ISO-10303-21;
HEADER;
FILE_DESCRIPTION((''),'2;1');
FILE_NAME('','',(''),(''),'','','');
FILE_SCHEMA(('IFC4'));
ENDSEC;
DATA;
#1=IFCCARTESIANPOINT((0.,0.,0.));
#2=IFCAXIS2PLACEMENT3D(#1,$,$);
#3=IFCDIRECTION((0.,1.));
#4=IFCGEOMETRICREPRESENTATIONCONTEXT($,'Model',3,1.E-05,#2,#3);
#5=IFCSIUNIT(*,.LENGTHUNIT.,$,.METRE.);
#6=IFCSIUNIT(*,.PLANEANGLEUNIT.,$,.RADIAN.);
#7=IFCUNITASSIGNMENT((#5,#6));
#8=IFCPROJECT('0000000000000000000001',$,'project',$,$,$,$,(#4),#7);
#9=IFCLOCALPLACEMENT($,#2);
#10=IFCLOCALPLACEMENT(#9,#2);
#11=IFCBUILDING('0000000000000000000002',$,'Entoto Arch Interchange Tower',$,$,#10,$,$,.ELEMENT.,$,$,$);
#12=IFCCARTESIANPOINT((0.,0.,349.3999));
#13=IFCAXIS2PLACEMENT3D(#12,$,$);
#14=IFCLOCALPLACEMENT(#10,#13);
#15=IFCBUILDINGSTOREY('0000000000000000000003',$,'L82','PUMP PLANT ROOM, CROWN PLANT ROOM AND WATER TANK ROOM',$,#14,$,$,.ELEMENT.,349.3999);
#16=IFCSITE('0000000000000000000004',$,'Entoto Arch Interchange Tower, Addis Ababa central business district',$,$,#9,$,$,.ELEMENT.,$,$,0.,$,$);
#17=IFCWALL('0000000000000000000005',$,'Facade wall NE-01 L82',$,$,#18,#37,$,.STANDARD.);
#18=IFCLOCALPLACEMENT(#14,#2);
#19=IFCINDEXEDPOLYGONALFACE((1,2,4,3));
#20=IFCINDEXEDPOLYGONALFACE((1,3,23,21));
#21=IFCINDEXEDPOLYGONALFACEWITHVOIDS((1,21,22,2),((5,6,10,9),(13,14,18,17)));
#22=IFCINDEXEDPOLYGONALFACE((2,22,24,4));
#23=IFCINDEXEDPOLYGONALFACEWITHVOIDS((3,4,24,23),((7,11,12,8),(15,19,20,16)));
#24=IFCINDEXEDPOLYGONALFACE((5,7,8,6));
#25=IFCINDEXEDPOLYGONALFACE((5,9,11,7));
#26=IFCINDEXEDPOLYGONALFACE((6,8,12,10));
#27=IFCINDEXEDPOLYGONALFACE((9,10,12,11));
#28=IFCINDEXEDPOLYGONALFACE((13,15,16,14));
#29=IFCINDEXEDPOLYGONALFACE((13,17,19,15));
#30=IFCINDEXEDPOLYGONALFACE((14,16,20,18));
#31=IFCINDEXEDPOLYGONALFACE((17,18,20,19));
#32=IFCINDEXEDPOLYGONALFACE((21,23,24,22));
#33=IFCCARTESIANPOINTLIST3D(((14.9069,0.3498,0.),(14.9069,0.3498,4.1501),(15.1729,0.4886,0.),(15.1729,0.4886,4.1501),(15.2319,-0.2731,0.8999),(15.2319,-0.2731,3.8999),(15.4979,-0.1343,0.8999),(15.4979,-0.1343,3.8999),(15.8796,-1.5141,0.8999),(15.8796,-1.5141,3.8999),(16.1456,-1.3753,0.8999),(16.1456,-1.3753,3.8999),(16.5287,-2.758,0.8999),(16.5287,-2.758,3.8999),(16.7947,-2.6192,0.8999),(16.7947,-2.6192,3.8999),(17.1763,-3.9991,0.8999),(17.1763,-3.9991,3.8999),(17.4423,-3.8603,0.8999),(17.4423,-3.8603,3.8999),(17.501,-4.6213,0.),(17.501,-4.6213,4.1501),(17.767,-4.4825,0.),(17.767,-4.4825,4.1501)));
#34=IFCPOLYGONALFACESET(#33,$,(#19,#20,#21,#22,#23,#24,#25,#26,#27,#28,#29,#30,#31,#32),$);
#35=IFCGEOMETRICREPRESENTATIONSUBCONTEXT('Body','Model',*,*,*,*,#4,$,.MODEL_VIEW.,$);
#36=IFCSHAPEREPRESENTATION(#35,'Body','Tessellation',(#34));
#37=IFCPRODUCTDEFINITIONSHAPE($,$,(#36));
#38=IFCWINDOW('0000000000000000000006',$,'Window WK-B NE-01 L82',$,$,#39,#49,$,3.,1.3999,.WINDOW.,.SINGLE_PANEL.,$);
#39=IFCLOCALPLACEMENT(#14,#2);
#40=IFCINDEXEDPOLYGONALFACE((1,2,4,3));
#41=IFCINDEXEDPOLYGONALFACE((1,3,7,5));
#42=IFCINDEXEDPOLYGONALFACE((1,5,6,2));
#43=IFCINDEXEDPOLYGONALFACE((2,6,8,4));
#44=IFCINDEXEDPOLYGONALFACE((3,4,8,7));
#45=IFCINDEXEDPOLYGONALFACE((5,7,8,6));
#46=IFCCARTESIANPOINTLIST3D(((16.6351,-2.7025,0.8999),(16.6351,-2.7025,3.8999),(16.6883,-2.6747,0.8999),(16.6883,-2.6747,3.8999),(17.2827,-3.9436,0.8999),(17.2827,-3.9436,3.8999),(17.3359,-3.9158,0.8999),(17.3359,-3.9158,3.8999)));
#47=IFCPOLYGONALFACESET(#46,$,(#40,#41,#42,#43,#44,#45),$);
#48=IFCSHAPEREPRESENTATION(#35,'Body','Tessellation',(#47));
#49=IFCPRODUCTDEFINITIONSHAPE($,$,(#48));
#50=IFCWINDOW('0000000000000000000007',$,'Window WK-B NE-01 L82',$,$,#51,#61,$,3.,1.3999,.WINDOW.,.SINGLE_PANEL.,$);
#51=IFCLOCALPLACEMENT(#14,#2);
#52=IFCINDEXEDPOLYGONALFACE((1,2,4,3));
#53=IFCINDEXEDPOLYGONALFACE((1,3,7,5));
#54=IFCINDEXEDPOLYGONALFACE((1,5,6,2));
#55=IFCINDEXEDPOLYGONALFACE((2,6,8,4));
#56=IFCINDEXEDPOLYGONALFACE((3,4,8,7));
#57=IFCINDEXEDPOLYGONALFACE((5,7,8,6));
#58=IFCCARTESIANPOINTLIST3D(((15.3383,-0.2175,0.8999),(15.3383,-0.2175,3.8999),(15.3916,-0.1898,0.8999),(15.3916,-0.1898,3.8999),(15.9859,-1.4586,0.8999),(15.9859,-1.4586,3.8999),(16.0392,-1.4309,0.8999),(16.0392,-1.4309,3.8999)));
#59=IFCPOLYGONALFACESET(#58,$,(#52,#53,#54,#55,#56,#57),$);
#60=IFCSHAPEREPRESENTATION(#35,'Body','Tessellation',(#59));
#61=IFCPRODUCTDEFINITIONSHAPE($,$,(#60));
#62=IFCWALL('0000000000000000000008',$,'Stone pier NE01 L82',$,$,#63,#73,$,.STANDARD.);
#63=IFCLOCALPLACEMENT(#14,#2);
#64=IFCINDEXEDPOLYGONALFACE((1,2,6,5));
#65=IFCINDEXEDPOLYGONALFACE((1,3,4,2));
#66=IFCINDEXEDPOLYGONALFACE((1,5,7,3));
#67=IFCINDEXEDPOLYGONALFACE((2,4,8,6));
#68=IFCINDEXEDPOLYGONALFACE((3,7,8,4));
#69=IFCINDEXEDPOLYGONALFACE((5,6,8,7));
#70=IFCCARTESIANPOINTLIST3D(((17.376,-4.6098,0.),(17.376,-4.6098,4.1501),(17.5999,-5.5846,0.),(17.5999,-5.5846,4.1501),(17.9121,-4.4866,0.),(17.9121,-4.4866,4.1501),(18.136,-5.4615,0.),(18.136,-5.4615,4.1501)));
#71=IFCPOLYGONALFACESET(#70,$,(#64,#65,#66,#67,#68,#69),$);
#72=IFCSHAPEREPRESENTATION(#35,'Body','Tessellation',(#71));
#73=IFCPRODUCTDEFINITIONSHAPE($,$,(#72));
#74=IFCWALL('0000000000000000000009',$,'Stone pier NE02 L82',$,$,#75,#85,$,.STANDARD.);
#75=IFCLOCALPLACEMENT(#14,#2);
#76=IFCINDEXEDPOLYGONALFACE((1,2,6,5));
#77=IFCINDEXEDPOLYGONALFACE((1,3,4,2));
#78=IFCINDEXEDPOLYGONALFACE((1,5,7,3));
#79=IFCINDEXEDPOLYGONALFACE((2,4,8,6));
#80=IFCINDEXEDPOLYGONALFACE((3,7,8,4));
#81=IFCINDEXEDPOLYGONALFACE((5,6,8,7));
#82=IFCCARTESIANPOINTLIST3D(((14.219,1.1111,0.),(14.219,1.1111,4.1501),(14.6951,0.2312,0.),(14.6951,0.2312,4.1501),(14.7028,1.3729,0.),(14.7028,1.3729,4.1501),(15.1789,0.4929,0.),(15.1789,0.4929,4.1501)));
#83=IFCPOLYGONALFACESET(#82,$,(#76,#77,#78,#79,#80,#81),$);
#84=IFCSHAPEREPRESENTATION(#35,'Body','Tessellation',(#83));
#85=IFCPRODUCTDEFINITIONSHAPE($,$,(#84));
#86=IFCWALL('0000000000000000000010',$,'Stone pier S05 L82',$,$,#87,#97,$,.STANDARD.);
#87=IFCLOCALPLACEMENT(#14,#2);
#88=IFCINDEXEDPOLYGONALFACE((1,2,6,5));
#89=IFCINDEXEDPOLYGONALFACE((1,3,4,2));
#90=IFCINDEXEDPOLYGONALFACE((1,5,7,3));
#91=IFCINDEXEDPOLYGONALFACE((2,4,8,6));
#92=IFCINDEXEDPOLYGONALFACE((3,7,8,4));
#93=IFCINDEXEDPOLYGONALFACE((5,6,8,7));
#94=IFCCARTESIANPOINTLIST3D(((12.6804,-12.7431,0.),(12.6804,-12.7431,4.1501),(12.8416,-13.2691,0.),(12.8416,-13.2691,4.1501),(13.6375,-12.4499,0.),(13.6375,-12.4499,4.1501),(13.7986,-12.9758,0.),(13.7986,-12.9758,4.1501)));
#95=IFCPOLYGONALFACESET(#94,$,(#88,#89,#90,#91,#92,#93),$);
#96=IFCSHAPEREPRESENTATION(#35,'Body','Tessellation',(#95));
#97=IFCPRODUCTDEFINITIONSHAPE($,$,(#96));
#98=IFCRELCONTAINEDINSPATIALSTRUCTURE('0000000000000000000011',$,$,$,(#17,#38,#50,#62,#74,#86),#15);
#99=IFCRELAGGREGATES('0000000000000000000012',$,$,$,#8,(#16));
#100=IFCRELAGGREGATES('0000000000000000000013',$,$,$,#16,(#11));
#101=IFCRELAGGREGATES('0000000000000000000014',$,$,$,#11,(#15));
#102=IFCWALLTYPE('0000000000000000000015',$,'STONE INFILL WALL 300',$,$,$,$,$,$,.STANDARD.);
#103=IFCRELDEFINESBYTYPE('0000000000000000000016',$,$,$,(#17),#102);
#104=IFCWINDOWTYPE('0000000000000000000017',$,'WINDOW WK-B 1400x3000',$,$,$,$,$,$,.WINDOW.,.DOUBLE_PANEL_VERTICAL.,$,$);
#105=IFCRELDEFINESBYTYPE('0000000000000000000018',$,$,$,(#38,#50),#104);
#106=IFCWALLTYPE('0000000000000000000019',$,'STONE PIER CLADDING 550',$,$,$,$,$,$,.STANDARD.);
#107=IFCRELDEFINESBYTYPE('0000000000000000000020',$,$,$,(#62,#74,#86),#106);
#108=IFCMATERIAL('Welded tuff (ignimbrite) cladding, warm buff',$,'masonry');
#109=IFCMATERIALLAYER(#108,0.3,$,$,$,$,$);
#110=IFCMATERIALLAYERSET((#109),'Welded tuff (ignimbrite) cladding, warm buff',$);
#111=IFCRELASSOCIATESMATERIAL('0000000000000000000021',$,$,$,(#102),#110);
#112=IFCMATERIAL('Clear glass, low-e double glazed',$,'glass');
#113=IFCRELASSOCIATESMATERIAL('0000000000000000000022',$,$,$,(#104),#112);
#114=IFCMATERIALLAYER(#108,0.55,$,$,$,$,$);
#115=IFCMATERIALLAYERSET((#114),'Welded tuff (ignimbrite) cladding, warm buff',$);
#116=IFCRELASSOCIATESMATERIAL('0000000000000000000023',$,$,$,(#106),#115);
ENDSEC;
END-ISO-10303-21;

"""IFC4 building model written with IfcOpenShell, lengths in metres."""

from ifc_helpers import new_model, si_unit, direction, frame, frame_2d, origin, place, context, subcontext, project, spatial, rectangle, extrude, material, layer, layer_set, type_object, element, fill, save


model = new_model("IFC4")

# Units and contexts
model_context = context("Model", 3, precision=1e-05, world=origin(), true_north=direction((0.0, 1.0)))
body_context = subcontext(model_context, "Body", "Model", "MODEL_VIEW")
ifc_project = project(units=[si_unit("LENGTHUNIT", "METRE"), si_unit("PLANEANGLEUNIT", "RADIAN")], contexts=[model_context])

# Site, building, storey
site_placement = place(None, origin())
site = spatial("IfcSite", under=ifc_project, at=site_placement, Name="Entoto Arch Interchange Tower, Addis Ababa central business district", CompositionType="ELEMENT", RefElevation=0.0)
building_placement = place(site_placement, origin())
building = spatial("IfcBuilding", under=site, at=building_placement, Name="Entoto Arch Interchange Tower", CompositionType="ELEMENT")
storey_placement = place(building_placement, frame((0.0, 0.0, 349.3999)))
storey = spatial("IfcBuildingStorey", under=building, at=storey_placement, Name="L82", Description="PUMP PLANT ROOM, CROWN PLANT ROOM AND WATER TANK ROOM", CompositionType="ELEMENT", Elevation=349.3999)

# Shared definitions
ifc_material_1 = material(Name="Welded tuff (ignimbrite) cladding, warm buff", Category="masonry")
ifc_layer_1 = layer(ifc_material_1, 0.3)
ifc_layer_set_1 = layer_set([ifc_layer_1], Name="Welded tuff (ignimbrite) cladding, warm buff")
wall_type_1 = type_object("IfcWallType", Name="STONE INFILL WALL 300", PredefinedType="STANDARD", material=ifc_layer_set_1)
ifc_material_2 = material(Name="Clear glass, low-e double glazed", Category="glass")
window_type = type_object("IfcWindowType", Name="WINDOW WK-B 1400x3000", PartitioningType="DOUBLE_PANEL_VERTICAL", PredefinedType="WINDOW", material=ifc_material_2)

# Wall, openings, windows
wall_1_placement = place(storey_placement, frame((17.634, -4.552, 0.0), z_axis=(0.0, 0.0, 1.0), x_axis=(-0.46263, 0.886551, 0.0)))
wall_1 = element("IfcWall", 1, at=wall_1_placement, inside=storey, type_object=wall_type_1, Name="Facade wall NE-01 L82", PredefinedType="STANDARD", context=body_context, shape_type="SweptSolid", body=[
    extrude(rectangle(XDim=5.6072, YDim=0.3, at=frame_2d((2.8037, 0.0))), origin(), (0.0, 0.0, 1.0), 4.1501),
])
opening_1_placement = place(wall_1_placement, frame((0.7019, 0.0, 0.8999)))
opening_1 = element("IfcOpeningElement", 2, at=opening_1_placement, cuts=wall_1, PredefinedType="OPENING", context=body_context, shape_type="SweptSolid", body=[
    extrude(rectangle(XDim=1.3999, YDim=3.0, at=frame_2d((0.7, 1.5))), frame((0.0, 0.1602, 0.0), z_axis=(0.0, -1.0, 0.0), x_axis=(1.0, 0.0, 0.0)), (0.0, 0.0, 1.0), 0.3201),
])
opening_2_placement = place(wall_1_placement, frame((3.5049, 0.0, 0.8999)))
opening_2 = element("IfcOpeningElement", 3, at=opening_2_placement, cuts=wall_1, PredefinedType="OPENING", context=body_context, shape_type="SweptSolid", body=[
    extrude(rectangle(XDim=1.3999, YDim=3.0, at=frame_2d((0.7, 1.5))), frame((0.0, 0.1602, 0.0), z_axis=(0.0, -1.0, 0.0), x_axis=(1.0, 0.0, 0.0)), (0.0, 0.0, 1.0), 0.3201),
])
window_1_placement = place(opening_1_placement, origin())
window_1 = element("IfcWindow", 4, at=window_1_placement, inside=storey, type_object=window_type, Name="Window WK-B NE-01 L82", OverallHeight=3.0, OverallWidth=1.3999, PartitioningType="SINGLE_PANEL", PredefinedType="WINDOW", context=body_context, shape_type="SweptSolid", body=[
    extrude(rectangle(XDim=1.3999, YDim=3.0, at=frame_2d((0.7, 1.5))), frame((0.0, 0.03, 0.0), z_axis=(0.0, -1.0, 0.0), x_axis=(1.0, 0.0, 0.0)), (0.0, 0.0, 1.0), 0.0601),
])
fill(opening_1, window_1)
window_2_placement = place(opening_2_placement, origin())
window_2 = element("IfcWindow", 5, at=window_2_placement, inside=storey, type_object=window_type, Name="Window WK-B NE-01 L82", OverallHeight=3.0, OverallWidth=1.3999, PartitioningType="SINGLE_PANEL", PredefinedType="WINDOW", context=body_context, shape_type="SweptSolid", body=[
    extrude(rectangle(XDim=1.3999, YDim=3.0, at=frame_2d((0.7, 1.5))), frame((0.0, 0.03, 0.0), z_axis=(0.0, -1.0, 0.0), x_axis=(1.0, 0.0, 0.0)), (0.0, 0.0, 1.0), 0.0601),
])
fill(opening_2, window_2)

# Walls
ifc_layer_2 = layer(ifc_material_1, 0.55)
ifc_layer_set_2 = layer_set([ifc_layer_2], Name="Welded tuff (ignimbrite) cladding, warm buff")
wall_type_2 = type_object("IfcWallType", Name="STONE PIER CLADDING 550", PredefinedType="STANDARD", material=ifc_layer_set_2)
wall_2_placement = place(storey_placement, frame((17.8679, -5.5229, 0.0), z_axis=(0.0, 0.0, 1.0), x_axis=(-0.223825, 0.974629, 0.0)))
element("IfcWall", 6, at=wall_2_placement, inside=storey, type_object=wall_type_2, Name="Stone pier NE01 L82", PredefinedType="STANDARD", context=body_context, shape_type="SweptSolid", body=[
    extrude(rectangle(XDim=1.0002, YDim=0.55, at=frame_2d((0.5, 0.0))), origin(), (0.0, 0.0, 1.0), 4.1501),
])
wall_3_placement = place(storey_placement, frame((14.937, 0.3621, 0.0), z_axis=(0.0, 0.0, 1.0), x_axis=(-0.475874, 0.879513, 0.0)))
element("IfcWall", 7, at=wall_3_placement, inside=storey, type_object=wall_type_2, Name="Stone pier NE02 L82", PredefinedType="STANDARD", context=body_context, shape_type="SweptSolid", body=[
    extrude(rectangle(XDim=1.0005, YDim=0.55, at=frame_2d((0.5002, 0.0))), origin(), (0.0, 0.0, 1.0), 4.1501),
])
wall_4_placement = place(storey_placement, frame((12.761, -13.0061, 0.0), z_axis=(0.0, 0.0, 1.0), x_axis=(0.956132, 0.292937, 0.0)))
element("IfcWall", 8, at=wall_4_placement, inside=storey, type_object=wall_type_2, Name="Stone pier S05 L82", PredefinedType="STANDARD", context=body_context, shape_type="SweptSolid", body=[
    extrude(rectangle(XDim=1.001, YDim=0.55, at=frame_2d((0.5005, 0.0))), origin(), (0.0, 0.0, 1.0), 4.1501),
])

save(model, "model.ifc")
